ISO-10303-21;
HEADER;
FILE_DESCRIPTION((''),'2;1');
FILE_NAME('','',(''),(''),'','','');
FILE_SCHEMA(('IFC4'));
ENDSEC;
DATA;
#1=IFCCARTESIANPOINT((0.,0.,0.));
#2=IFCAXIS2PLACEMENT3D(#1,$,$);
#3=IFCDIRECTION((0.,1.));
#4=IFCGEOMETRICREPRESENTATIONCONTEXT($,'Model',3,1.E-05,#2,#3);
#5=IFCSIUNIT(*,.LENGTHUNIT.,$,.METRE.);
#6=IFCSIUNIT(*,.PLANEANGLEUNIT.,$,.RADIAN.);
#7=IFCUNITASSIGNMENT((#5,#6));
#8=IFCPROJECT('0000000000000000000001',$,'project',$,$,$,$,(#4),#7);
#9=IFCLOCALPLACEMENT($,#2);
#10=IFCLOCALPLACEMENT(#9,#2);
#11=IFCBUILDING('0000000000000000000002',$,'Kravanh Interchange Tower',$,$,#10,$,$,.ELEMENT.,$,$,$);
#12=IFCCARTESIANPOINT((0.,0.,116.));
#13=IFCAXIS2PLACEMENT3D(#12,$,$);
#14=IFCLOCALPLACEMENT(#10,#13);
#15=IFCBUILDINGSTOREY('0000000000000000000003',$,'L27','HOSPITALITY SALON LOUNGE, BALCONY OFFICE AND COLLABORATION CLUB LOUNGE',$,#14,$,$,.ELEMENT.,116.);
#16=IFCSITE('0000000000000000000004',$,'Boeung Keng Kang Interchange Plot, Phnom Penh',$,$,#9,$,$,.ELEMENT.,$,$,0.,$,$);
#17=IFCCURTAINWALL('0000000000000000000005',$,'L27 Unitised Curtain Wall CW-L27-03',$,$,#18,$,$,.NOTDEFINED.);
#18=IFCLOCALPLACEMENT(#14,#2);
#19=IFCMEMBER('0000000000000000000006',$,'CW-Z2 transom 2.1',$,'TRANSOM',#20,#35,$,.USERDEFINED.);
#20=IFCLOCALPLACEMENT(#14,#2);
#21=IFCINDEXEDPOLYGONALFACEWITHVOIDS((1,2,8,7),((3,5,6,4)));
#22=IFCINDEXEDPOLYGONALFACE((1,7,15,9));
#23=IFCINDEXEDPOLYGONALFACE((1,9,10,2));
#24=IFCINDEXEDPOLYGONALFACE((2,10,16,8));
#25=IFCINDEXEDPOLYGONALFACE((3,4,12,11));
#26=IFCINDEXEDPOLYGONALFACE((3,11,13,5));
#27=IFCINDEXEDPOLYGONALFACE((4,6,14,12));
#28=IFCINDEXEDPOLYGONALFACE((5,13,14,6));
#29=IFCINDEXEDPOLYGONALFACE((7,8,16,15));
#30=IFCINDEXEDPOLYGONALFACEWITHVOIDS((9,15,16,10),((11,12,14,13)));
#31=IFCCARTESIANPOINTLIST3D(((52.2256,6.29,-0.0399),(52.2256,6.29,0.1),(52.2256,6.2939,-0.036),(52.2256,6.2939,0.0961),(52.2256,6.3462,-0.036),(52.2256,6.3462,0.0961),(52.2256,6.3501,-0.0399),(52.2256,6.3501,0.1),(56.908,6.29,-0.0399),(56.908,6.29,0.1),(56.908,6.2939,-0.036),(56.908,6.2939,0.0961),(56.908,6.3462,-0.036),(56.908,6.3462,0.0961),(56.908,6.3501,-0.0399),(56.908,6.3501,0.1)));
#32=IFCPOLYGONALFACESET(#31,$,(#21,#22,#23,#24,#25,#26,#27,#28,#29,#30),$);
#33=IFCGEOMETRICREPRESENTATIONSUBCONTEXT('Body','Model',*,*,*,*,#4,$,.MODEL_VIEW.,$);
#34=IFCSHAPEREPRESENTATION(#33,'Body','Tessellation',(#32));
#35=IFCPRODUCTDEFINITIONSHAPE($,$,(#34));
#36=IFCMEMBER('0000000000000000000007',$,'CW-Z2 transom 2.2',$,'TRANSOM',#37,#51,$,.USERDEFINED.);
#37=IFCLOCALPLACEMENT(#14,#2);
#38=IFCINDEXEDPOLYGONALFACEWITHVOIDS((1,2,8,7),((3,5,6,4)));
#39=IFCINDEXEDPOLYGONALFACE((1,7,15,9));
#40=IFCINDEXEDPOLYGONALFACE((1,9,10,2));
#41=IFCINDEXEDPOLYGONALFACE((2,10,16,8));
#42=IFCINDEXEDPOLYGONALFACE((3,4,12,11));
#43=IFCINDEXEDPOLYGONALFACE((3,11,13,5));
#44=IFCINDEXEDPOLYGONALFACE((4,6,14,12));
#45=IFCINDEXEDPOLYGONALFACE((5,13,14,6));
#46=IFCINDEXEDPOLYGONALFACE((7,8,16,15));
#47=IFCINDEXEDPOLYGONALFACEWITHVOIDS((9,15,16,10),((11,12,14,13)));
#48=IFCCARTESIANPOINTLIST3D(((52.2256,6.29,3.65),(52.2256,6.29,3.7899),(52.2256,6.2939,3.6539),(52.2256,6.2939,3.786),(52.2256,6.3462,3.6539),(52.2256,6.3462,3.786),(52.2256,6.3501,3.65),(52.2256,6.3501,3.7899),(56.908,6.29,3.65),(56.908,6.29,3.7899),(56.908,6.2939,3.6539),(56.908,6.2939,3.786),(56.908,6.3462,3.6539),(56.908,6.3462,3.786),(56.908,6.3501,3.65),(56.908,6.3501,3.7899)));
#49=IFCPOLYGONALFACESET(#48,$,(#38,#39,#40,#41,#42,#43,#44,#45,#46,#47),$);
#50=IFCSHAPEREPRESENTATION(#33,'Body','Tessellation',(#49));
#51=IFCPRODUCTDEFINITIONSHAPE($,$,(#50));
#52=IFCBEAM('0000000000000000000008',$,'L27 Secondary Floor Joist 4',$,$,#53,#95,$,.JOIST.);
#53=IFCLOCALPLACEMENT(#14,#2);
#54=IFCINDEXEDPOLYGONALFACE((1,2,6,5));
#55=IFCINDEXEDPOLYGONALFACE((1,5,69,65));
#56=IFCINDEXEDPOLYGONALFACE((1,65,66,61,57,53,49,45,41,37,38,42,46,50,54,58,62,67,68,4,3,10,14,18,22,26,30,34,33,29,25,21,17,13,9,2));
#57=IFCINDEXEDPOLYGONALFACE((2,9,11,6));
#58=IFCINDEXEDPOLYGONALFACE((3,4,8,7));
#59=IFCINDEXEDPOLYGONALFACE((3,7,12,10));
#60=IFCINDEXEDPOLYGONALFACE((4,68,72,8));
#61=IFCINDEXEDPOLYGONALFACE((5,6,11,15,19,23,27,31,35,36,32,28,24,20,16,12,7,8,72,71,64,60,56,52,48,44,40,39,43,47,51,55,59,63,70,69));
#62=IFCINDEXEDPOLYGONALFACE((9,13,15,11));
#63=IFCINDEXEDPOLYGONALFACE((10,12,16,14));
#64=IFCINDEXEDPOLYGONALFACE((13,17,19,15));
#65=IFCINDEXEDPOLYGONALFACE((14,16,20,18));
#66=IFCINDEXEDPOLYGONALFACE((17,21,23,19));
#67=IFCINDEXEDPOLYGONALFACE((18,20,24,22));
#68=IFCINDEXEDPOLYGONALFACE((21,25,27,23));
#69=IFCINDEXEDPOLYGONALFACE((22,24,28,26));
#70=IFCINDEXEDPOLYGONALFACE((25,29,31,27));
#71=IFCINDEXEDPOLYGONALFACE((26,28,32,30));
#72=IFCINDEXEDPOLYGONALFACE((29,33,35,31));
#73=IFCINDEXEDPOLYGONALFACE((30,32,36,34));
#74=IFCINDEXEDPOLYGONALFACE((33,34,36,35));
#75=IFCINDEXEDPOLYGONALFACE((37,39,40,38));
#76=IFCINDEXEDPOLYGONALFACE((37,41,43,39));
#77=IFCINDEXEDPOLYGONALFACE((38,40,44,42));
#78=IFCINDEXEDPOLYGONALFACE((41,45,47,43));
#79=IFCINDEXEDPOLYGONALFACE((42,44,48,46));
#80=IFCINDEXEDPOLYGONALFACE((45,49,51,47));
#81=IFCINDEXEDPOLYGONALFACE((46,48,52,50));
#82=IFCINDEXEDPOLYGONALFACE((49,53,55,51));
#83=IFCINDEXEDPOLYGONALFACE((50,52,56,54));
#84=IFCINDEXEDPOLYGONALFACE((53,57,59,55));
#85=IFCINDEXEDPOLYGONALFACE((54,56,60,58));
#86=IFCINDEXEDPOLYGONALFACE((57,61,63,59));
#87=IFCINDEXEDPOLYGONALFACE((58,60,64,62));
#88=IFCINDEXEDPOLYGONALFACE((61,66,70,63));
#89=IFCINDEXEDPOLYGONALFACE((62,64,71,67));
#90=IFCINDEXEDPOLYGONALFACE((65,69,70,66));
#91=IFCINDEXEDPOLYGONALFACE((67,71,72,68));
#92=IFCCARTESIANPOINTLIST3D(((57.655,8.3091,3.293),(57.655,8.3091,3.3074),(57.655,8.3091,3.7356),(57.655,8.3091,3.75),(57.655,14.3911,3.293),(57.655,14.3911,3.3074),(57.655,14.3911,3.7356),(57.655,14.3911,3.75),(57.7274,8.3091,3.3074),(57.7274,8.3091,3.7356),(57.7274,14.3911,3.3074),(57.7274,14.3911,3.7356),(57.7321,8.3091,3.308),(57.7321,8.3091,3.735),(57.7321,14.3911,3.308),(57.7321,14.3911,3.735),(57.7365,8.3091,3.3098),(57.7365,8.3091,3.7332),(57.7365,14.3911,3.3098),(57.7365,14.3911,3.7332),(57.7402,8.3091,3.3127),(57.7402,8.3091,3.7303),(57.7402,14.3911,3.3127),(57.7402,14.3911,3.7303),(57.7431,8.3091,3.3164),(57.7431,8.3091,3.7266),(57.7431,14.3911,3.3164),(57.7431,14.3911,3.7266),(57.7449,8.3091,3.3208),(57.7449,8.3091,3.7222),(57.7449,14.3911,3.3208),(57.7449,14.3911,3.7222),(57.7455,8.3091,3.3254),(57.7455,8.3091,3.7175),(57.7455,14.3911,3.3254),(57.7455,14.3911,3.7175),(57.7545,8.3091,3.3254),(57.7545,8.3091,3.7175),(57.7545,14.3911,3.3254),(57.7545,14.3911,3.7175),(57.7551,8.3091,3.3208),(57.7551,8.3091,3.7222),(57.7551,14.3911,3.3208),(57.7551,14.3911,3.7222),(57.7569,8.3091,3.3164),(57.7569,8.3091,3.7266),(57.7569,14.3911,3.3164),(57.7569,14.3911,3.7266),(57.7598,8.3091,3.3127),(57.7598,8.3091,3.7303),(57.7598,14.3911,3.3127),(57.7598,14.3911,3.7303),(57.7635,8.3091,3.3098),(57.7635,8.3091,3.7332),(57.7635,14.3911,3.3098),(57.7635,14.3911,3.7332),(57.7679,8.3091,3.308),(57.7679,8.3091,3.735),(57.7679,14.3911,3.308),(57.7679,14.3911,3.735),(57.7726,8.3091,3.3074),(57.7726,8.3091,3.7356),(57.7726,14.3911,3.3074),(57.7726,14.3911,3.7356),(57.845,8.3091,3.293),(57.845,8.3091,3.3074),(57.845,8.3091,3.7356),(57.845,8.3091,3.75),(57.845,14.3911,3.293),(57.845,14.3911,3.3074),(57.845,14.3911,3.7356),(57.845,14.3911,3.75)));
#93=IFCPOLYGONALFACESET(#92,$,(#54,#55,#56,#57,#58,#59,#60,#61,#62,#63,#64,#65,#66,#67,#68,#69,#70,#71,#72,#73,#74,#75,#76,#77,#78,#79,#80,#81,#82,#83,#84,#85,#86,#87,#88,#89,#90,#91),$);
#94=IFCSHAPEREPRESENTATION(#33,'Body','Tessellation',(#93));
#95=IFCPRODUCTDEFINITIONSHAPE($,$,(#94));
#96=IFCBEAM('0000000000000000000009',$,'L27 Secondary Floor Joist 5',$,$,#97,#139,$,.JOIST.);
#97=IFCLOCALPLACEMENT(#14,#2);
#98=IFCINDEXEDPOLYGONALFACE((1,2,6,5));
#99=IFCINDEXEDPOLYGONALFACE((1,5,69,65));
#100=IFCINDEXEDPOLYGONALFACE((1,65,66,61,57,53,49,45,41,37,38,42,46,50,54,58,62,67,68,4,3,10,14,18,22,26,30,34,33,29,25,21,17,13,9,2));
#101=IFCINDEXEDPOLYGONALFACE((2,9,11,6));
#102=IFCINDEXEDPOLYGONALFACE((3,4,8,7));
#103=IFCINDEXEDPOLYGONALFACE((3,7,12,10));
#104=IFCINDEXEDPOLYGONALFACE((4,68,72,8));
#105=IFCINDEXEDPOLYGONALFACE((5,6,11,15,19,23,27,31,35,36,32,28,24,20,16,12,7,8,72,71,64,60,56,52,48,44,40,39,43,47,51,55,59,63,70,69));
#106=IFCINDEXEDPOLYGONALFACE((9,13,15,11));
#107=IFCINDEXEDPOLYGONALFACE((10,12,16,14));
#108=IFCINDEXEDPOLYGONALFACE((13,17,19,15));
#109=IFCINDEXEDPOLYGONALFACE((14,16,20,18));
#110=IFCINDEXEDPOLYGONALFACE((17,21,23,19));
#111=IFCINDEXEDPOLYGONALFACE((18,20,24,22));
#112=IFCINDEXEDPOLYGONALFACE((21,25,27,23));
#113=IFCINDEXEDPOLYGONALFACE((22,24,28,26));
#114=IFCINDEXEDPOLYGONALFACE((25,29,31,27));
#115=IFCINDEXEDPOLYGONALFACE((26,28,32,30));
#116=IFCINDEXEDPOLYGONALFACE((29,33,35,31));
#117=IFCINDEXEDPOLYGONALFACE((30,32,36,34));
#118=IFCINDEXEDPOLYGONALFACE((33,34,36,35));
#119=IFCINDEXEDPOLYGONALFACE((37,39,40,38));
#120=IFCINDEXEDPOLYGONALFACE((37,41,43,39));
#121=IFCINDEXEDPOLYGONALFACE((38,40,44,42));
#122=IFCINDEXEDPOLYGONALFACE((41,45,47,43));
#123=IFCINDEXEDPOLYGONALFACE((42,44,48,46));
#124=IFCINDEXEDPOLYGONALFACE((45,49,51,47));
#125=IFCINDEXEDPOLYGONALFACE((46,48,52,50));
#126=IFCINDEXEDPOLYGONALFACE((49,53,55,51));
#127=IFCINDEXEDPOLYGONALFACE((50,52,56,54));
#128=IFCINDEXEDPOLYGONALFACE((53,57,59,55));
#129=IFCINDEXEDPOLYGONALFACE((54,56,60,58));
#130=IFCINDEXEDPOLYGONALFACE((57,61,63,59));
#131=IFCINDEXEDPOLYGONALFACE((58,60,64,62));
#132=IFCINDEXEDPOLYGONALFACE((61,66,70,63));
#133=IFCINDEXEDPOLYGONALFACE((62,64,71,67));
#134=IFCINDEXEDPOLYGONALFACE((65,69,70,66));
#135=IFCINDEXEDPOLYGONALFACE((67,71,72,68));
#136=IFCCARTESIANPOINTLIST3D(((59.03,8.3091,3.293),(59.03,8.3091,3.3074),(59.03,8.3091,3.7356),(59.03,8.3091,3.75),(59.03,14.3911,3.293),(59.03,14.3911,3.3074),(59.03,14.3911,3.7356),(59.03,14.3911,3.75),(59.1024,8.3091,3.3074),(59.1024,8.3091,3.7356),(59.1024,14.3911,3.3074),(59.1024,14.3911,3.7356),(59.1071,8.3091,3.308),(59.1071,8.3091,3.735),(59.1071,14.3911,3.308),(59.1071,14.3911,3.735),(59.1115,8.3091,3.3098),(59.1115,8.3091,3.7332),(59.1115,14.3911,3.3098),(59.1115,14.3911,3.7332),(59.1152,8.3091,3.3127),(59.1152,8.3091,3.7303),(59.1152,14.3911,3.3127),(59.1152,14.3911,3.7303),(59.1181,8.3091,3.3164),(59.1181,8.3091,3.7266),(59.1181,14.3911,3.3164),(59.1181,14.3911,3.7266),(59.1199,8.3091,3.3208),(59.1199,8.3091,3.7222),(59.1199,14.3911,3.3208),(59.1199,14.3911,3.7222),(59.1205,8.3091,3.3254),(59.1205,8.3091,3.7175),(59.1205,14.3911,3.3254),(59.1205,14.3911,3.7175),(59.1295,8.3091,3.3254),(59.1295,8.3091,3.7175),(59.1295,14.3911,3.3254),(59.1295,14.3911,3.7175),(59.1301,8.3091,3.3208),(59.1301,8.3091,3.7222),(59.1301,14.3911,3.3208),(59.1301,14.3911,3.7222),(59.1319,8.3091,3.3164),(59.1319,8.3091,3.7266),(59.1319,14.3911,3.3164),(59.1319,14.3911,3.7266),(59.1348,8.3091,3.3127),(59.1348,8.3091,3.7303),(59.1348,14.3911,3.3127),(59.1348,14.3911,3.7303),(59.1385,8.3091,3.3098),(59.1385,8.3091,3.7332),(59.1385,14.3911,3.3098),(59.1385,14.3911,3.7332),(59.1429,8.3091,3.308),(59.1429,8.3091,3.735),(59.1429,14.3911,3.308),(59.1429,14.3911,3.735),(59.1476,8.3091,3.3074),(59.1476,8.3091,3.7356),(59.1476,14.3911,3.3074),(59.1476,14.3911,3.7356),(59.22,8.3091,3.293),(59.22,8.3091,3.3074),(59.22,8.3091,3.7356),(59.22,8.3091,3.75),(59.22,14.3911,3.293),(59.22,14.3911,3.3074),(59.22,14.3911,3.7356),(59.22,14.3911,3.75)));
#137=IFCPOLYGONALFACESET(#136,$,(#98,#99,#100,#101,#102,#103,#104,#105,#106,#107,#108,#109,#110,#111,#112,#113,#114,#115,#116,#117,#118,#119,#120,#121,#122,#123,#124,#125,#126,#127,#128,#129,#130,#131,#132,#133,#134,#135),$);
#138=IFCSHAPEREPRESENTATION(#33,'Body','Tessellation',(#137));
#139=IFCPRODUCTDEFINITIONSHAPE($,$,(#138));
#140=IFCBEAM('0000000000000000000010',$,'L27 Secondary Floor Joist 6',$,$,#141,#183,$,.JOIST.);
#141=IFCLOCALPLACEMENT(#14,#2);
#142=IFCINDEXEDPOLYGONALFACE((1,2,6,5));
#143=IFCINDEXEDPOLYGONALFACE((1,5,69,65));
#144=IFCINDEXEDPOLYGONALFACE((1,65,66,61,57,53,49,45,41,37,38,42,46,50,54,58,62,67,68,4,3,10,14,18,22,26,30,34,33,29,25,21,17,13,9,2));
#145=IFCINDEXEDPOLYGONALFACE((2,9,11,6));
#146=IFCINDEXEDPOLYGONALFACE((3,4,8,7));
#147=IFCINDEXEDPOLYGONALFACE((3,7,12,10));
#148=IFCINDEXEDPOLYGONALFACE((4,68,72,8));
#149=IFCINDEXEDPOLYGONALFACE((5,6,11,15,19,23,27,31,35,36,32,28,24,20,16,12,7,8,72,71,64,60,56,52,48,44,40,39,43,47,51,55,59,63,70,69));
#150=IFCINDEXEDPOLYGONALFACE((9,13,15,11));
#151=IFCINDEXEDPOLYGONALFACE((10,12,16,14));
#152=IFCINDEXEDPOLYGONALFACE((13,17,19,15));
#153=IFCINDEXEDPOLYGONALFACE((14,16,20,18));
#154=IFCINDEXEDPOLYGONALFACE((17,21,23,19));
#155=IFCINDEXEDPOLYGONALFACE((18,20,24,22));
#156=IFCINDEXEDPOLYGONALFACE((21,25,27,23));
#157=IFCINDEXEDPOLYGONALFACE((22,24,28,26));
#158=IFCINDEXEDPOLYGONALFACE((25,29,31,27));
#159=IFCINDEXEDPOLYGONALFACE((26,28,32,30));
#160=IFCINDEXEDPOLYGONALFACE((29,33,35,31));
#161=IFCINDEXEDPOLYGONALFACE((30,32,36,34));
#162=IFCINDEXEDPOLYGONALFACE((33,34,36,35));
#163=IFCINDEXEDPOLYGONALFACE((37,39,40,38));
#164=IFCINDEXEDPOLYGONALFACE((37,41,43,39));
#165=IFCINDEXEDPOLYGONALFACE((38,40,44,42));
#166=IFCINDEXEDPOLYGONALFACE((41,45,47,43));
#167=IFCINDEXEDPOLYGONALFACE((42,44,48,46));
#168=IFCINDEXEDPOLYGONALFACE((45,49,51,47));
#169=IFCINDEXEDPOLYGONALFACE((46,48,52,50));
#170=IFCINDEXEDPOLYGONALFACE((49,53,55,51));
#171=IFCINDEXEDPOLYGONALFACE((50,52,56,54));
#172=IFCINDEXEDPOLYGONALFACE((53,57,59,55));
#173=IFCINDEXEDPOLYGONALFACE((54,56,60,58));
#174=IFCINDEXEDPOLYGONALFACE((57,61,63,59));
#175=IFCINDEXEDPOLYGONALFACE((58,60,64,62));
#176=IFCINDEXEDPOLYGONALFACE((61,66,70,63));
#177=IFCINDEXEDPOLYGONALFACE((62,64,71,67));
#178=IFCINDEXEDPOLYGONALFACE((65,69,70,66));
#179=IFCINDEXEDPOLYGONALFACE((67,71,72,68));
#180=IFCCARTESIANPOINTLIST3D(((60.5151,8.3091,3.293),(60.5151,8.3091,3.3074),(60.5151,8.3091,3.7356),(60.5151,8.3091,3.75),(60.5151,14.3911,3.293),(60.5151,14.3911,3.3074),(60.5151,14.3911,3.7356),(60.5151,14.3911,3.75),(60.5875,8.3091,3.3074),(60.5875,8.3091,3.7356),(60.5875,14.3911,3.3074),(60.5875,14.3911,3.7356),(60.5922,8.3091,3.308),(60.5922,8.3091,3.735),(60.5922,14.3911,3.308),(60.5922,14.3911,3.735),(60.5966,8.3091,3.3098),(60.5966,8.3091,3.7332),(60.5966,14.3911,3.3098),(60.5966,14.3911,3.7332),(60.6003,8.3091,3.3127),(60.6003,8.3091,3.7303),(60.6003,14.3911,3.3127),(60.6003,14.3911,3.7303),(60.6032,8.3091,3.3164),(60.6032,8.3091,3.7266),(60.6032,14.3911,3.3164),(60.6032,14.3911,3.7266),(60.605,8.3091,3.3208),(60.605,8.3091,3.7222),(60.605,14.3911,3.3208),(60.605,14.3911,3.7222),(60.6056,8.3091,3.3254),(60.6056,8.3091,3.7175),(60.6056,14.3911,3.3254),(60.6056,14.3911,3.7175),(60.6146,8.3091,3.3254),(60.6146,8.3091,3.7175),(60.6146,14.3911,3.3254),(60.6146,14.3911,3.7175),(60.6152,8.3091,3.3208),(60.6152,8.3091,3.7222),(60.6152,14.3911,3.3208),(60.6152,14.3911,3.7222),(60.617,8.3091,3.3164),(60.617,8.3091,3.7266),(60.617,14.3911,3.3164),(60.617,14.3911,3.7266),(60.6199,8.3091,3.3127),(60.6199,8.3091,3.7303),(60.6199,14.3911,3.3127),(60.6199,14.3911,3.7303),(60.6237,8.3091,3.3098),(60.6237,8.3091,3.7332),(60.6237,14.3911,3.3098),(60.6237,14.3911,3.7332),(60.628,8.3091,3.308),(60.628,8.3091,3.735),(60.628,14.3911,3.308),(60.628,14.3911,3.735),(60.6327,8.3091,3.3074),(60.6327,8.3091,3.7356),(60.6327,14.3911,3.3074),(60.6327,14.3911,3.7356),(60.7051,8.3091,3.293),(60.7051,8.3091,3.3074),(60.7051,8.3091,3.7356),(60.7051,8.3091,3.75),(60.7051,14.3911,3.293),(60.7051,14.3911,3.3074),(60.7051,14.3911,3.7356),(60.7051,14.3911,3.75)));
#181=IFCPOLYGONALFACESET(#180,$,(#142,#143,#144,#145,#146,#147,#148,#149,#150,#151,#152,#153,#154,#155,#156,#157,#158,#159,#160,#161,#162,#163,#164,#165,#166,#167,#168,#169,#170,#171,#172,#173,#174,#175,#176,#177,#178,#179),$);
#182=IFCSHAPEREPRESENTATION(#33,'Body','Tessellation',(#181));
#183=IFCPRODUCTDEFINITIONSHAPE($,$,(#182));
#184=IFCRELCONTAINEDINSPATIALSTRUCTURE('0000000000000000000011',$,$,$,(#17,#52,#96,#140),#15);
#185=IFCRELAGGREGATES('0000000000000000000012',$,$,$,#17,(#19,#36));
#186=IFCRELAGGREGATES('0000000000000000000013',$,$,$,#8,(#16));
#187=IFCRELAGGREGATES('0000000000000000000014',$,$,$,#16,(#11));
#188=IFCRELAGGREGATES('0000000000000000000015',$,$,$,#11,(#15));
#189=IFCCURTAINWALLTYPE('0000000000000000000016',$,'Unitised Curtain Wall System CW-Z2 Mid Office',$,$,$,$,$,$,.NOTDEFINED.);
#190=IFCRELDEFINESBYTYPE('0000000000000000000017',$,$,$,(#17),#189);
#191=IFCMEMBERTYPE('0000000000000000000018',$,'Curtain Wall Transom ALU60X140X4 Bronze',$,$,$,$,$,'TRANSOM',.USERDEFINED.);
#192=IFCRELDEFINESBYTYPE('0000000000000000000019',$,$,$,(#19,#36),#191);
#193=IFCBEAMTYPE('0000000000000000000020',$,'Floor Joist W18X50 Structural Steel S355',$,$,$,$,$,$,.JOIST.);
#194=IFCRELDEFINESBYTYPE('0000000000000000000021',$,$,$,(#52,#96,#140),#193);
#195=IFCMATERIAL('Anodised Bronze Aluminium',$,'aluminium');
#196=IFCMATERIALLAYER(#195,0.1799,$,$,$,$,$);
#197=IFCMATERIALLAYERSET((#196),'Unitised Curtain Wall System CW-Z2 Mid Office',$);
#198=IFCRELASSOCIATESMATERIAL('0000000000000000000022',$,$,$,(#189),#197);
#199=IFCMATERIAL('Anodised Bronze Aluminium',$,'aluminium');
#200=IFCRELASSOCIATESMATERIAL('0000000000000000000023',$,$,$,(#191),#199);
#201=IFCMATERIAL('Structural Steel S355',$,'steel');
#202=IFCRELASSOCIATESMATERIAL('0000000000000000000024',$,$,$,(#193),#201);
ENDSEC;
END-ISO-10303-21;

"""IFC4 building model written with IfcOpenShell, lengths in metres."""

from ifc_helpers import new_model, si_unit, direction, frame, origin, origin_2d, place, context, subcontext, project, spatial, hollow_rectangle, i_section, extrude, material, layer, layer_set, material_profile, profile_set, type_object, element, aggregate, save


model = new_model("IFC4")

# Units and contexts
model_context = context("Model", 3, precision=1e-05, world=origin(), true_north=direction((0.0, 1.0)))
body_context = subcontext(model_context, "Body", "Model", "MODEL_VIEW")
ifc_project = project(units=[si_unit("LENGTHUNIT", "METRE"), si_unit("PLANEANGLEUNIT", "RADIAN")], contexts=[model_context])

# Site, building, storey
site_placement = place(None, origin())
site = spatial("IfcSite", under=ifc_project, at=site_placement, Name="Boeung Keng Kang Interchange Plot, Phnom Penh", CompositionType="ELEMENT", RefElevation=0.0)
building_placement = place(site_placement, origin())
building = spatial("IfcBuilding", under=site, at=building_placement, Name="Kravanh Interchange Tower", CompositionType="ELEMENT")
storey_placement = place(building_placement, frame((0.0, 0.0, 116.0)))
storey = spatial("IfcBuildingStorey", under=building, at=storey_placement, Name="L27", Description="HOSPITALITY SALON LOUNGE, BALCONY OFFICE AND COLLABORATION CLUB LOUNGE", CompositionType="ELEMENT", Elevation=116.0)

# Curtain wall
ifc_material_1 = material(Name="Anodised Bronze Aluminium", Category="aluminium")
ifc_layer_1 = layer(ifc_material_1, 0.1799)
ifc_layer_set_1 = layer_set([ifc_layer_1], Name="Unitised Curtain Wall System CW-Z2 Mid Office")
curtain_wall_type = type_object("IfcCurtainWallType", Name="Unitised Curtain Wall System CW-Z2 Mid Office", PredefinedType="NOTDEFINED", material=ifc_layer_set_1)
curtain_wall_1_placement = place(storey_placement, origin())
curtain_wall_1 = element("IfcCurtainWall", 1, at=curtain_wall_1_placement, inside=storey, type_object=curtain_wall_type, Name="L27 Unitised Curtain Wall CW-L27-03", PredefinedType="NOTDEFINED")

# Members
ifc_material_2 = material(Name="Anodised Bronze Aluminium", Category="aluminium")
ifc_material_profile_1 = material_profile(ifc_material_2, hollow_rectangle(XDim=0.0601, YDim=0.1399, WallThickness=0.0039, at=origin_2d()), Name="ALU60X140X4")
ifc_profile_set_1 = profile_set([ifc_material_profile_1], Name="Anodised Bronze Aluminium")
member_type_1 = type_object("IfcMemberType", Name="Curtain Wall Transom ALU60X140X4 Bronze", ElementType="TRANSOM", PredefinedType="USERDEFINED", material=ifc_profile_set_1)
member_1_placement = place(storey_placement, frame((56.908, 6.3201, 0.03), z_axis=(-1.0, 0.0, 0.0), x_axis=(0.0, -1.0, 0.0)))
member_1 = element("IfcMember", 2, at=member_1_placement, type_object=member_type_1, Name="CW-Z2 transom 2.1", ObjectType="TRANSOM", PredefinedType="USERDEFINED", context=body_context, shape_type="SweptSolid", body=[
    extrude(hollow_rectangle(XDim=0.0601, YDim=0.1399, WallThickness=0.0039, at=origin_2d()), origin(), (0.0, 0.0, 1.0), 4.6824),
])
member_2_placement = place(storey_placement, frame((56.908, 6.3201, 3.72), z_axis=(-1.0, 0.0, 0.0), x_axis=(0.0, -1.0, 0.0)))
member_2 = element("IfcMember", 3, at=member_2_placement, type_object=member_type_1, Name="CW-Z2 transom 2.2", ObjectType="TRANSOM", PredefinedType="USERDEFINED", context=body_context, shape_type="SweptSolid", body=[
    extrude(hollow_rectangle(XDim=0.0601, YDim=0.1399, WallThickness=0.0039, at=origin_2d()), origin(), (0.0, 0.0, 1.0), 4.6824),
])

# Beams
ifc_material_3 = material(Name="Structural Steel S355", Category="steel")
ifc_material_profile_2 = material_profile(ifc_material_3, i_section(OverallWidth=0.1899, OverallDepth=0.457, WebThickness=0.009, FlangeThickness=0.0144, FilletRadius=0.0181, at=origin_2d()), Name="W18X50")
ifc_profile_set_2 = profile_set([ifc_material_profile_2], Name="Structural Steel S355")
beam_type_1 = type_object("IfcBeamType", Name="Floor Joist W18X50 Structural Steel S355", PredefinedType="JOIST", material=ifc_profile_set_2)
for number, where, z_axis, x_axis, name in (
    (4, (57.75, 8.3091, 3.5215), (0.0, 1.0, 0.0), (-1.0, 0.0, 0.0), "L27 Secondary Floor Joist 4"),
    (5, (59.125, 8.3091, 3.5215), (0.0, 1.0, 0.0), (-1.0, 0.0, 0.0), "L27 Secondary Floor Joist 5"),
    (6, (60.6101, 8.3091, 3.5215), (0.0, 1.0, 0.0), (-1.0, 0.0, 0.0), "L27 Secondary Floor Joist 6"),
):
    element("IfcBeam", number, at=place(storey_placement, frame(where, z_axis=z_axis, x_axis=x_axis)), inside=storey, type_object=beam_type_1, Name=name, PredefinedType="JOIST", context=body_context, shape_type="SweptSolid", body=[
        extrude(i_section(OverallWidth=0.1899, OverallDepth=0.457, WebThickness=0.009, FlangeThickness=0.0144, FilletRadius=0.0181, at=origin_2d()), origin(), (0.0, 0.0, 1.0), 6.082),
    ])

aggregate(curtain_wall_1, [member_1, member_2])

save(model, "model.ifc")
